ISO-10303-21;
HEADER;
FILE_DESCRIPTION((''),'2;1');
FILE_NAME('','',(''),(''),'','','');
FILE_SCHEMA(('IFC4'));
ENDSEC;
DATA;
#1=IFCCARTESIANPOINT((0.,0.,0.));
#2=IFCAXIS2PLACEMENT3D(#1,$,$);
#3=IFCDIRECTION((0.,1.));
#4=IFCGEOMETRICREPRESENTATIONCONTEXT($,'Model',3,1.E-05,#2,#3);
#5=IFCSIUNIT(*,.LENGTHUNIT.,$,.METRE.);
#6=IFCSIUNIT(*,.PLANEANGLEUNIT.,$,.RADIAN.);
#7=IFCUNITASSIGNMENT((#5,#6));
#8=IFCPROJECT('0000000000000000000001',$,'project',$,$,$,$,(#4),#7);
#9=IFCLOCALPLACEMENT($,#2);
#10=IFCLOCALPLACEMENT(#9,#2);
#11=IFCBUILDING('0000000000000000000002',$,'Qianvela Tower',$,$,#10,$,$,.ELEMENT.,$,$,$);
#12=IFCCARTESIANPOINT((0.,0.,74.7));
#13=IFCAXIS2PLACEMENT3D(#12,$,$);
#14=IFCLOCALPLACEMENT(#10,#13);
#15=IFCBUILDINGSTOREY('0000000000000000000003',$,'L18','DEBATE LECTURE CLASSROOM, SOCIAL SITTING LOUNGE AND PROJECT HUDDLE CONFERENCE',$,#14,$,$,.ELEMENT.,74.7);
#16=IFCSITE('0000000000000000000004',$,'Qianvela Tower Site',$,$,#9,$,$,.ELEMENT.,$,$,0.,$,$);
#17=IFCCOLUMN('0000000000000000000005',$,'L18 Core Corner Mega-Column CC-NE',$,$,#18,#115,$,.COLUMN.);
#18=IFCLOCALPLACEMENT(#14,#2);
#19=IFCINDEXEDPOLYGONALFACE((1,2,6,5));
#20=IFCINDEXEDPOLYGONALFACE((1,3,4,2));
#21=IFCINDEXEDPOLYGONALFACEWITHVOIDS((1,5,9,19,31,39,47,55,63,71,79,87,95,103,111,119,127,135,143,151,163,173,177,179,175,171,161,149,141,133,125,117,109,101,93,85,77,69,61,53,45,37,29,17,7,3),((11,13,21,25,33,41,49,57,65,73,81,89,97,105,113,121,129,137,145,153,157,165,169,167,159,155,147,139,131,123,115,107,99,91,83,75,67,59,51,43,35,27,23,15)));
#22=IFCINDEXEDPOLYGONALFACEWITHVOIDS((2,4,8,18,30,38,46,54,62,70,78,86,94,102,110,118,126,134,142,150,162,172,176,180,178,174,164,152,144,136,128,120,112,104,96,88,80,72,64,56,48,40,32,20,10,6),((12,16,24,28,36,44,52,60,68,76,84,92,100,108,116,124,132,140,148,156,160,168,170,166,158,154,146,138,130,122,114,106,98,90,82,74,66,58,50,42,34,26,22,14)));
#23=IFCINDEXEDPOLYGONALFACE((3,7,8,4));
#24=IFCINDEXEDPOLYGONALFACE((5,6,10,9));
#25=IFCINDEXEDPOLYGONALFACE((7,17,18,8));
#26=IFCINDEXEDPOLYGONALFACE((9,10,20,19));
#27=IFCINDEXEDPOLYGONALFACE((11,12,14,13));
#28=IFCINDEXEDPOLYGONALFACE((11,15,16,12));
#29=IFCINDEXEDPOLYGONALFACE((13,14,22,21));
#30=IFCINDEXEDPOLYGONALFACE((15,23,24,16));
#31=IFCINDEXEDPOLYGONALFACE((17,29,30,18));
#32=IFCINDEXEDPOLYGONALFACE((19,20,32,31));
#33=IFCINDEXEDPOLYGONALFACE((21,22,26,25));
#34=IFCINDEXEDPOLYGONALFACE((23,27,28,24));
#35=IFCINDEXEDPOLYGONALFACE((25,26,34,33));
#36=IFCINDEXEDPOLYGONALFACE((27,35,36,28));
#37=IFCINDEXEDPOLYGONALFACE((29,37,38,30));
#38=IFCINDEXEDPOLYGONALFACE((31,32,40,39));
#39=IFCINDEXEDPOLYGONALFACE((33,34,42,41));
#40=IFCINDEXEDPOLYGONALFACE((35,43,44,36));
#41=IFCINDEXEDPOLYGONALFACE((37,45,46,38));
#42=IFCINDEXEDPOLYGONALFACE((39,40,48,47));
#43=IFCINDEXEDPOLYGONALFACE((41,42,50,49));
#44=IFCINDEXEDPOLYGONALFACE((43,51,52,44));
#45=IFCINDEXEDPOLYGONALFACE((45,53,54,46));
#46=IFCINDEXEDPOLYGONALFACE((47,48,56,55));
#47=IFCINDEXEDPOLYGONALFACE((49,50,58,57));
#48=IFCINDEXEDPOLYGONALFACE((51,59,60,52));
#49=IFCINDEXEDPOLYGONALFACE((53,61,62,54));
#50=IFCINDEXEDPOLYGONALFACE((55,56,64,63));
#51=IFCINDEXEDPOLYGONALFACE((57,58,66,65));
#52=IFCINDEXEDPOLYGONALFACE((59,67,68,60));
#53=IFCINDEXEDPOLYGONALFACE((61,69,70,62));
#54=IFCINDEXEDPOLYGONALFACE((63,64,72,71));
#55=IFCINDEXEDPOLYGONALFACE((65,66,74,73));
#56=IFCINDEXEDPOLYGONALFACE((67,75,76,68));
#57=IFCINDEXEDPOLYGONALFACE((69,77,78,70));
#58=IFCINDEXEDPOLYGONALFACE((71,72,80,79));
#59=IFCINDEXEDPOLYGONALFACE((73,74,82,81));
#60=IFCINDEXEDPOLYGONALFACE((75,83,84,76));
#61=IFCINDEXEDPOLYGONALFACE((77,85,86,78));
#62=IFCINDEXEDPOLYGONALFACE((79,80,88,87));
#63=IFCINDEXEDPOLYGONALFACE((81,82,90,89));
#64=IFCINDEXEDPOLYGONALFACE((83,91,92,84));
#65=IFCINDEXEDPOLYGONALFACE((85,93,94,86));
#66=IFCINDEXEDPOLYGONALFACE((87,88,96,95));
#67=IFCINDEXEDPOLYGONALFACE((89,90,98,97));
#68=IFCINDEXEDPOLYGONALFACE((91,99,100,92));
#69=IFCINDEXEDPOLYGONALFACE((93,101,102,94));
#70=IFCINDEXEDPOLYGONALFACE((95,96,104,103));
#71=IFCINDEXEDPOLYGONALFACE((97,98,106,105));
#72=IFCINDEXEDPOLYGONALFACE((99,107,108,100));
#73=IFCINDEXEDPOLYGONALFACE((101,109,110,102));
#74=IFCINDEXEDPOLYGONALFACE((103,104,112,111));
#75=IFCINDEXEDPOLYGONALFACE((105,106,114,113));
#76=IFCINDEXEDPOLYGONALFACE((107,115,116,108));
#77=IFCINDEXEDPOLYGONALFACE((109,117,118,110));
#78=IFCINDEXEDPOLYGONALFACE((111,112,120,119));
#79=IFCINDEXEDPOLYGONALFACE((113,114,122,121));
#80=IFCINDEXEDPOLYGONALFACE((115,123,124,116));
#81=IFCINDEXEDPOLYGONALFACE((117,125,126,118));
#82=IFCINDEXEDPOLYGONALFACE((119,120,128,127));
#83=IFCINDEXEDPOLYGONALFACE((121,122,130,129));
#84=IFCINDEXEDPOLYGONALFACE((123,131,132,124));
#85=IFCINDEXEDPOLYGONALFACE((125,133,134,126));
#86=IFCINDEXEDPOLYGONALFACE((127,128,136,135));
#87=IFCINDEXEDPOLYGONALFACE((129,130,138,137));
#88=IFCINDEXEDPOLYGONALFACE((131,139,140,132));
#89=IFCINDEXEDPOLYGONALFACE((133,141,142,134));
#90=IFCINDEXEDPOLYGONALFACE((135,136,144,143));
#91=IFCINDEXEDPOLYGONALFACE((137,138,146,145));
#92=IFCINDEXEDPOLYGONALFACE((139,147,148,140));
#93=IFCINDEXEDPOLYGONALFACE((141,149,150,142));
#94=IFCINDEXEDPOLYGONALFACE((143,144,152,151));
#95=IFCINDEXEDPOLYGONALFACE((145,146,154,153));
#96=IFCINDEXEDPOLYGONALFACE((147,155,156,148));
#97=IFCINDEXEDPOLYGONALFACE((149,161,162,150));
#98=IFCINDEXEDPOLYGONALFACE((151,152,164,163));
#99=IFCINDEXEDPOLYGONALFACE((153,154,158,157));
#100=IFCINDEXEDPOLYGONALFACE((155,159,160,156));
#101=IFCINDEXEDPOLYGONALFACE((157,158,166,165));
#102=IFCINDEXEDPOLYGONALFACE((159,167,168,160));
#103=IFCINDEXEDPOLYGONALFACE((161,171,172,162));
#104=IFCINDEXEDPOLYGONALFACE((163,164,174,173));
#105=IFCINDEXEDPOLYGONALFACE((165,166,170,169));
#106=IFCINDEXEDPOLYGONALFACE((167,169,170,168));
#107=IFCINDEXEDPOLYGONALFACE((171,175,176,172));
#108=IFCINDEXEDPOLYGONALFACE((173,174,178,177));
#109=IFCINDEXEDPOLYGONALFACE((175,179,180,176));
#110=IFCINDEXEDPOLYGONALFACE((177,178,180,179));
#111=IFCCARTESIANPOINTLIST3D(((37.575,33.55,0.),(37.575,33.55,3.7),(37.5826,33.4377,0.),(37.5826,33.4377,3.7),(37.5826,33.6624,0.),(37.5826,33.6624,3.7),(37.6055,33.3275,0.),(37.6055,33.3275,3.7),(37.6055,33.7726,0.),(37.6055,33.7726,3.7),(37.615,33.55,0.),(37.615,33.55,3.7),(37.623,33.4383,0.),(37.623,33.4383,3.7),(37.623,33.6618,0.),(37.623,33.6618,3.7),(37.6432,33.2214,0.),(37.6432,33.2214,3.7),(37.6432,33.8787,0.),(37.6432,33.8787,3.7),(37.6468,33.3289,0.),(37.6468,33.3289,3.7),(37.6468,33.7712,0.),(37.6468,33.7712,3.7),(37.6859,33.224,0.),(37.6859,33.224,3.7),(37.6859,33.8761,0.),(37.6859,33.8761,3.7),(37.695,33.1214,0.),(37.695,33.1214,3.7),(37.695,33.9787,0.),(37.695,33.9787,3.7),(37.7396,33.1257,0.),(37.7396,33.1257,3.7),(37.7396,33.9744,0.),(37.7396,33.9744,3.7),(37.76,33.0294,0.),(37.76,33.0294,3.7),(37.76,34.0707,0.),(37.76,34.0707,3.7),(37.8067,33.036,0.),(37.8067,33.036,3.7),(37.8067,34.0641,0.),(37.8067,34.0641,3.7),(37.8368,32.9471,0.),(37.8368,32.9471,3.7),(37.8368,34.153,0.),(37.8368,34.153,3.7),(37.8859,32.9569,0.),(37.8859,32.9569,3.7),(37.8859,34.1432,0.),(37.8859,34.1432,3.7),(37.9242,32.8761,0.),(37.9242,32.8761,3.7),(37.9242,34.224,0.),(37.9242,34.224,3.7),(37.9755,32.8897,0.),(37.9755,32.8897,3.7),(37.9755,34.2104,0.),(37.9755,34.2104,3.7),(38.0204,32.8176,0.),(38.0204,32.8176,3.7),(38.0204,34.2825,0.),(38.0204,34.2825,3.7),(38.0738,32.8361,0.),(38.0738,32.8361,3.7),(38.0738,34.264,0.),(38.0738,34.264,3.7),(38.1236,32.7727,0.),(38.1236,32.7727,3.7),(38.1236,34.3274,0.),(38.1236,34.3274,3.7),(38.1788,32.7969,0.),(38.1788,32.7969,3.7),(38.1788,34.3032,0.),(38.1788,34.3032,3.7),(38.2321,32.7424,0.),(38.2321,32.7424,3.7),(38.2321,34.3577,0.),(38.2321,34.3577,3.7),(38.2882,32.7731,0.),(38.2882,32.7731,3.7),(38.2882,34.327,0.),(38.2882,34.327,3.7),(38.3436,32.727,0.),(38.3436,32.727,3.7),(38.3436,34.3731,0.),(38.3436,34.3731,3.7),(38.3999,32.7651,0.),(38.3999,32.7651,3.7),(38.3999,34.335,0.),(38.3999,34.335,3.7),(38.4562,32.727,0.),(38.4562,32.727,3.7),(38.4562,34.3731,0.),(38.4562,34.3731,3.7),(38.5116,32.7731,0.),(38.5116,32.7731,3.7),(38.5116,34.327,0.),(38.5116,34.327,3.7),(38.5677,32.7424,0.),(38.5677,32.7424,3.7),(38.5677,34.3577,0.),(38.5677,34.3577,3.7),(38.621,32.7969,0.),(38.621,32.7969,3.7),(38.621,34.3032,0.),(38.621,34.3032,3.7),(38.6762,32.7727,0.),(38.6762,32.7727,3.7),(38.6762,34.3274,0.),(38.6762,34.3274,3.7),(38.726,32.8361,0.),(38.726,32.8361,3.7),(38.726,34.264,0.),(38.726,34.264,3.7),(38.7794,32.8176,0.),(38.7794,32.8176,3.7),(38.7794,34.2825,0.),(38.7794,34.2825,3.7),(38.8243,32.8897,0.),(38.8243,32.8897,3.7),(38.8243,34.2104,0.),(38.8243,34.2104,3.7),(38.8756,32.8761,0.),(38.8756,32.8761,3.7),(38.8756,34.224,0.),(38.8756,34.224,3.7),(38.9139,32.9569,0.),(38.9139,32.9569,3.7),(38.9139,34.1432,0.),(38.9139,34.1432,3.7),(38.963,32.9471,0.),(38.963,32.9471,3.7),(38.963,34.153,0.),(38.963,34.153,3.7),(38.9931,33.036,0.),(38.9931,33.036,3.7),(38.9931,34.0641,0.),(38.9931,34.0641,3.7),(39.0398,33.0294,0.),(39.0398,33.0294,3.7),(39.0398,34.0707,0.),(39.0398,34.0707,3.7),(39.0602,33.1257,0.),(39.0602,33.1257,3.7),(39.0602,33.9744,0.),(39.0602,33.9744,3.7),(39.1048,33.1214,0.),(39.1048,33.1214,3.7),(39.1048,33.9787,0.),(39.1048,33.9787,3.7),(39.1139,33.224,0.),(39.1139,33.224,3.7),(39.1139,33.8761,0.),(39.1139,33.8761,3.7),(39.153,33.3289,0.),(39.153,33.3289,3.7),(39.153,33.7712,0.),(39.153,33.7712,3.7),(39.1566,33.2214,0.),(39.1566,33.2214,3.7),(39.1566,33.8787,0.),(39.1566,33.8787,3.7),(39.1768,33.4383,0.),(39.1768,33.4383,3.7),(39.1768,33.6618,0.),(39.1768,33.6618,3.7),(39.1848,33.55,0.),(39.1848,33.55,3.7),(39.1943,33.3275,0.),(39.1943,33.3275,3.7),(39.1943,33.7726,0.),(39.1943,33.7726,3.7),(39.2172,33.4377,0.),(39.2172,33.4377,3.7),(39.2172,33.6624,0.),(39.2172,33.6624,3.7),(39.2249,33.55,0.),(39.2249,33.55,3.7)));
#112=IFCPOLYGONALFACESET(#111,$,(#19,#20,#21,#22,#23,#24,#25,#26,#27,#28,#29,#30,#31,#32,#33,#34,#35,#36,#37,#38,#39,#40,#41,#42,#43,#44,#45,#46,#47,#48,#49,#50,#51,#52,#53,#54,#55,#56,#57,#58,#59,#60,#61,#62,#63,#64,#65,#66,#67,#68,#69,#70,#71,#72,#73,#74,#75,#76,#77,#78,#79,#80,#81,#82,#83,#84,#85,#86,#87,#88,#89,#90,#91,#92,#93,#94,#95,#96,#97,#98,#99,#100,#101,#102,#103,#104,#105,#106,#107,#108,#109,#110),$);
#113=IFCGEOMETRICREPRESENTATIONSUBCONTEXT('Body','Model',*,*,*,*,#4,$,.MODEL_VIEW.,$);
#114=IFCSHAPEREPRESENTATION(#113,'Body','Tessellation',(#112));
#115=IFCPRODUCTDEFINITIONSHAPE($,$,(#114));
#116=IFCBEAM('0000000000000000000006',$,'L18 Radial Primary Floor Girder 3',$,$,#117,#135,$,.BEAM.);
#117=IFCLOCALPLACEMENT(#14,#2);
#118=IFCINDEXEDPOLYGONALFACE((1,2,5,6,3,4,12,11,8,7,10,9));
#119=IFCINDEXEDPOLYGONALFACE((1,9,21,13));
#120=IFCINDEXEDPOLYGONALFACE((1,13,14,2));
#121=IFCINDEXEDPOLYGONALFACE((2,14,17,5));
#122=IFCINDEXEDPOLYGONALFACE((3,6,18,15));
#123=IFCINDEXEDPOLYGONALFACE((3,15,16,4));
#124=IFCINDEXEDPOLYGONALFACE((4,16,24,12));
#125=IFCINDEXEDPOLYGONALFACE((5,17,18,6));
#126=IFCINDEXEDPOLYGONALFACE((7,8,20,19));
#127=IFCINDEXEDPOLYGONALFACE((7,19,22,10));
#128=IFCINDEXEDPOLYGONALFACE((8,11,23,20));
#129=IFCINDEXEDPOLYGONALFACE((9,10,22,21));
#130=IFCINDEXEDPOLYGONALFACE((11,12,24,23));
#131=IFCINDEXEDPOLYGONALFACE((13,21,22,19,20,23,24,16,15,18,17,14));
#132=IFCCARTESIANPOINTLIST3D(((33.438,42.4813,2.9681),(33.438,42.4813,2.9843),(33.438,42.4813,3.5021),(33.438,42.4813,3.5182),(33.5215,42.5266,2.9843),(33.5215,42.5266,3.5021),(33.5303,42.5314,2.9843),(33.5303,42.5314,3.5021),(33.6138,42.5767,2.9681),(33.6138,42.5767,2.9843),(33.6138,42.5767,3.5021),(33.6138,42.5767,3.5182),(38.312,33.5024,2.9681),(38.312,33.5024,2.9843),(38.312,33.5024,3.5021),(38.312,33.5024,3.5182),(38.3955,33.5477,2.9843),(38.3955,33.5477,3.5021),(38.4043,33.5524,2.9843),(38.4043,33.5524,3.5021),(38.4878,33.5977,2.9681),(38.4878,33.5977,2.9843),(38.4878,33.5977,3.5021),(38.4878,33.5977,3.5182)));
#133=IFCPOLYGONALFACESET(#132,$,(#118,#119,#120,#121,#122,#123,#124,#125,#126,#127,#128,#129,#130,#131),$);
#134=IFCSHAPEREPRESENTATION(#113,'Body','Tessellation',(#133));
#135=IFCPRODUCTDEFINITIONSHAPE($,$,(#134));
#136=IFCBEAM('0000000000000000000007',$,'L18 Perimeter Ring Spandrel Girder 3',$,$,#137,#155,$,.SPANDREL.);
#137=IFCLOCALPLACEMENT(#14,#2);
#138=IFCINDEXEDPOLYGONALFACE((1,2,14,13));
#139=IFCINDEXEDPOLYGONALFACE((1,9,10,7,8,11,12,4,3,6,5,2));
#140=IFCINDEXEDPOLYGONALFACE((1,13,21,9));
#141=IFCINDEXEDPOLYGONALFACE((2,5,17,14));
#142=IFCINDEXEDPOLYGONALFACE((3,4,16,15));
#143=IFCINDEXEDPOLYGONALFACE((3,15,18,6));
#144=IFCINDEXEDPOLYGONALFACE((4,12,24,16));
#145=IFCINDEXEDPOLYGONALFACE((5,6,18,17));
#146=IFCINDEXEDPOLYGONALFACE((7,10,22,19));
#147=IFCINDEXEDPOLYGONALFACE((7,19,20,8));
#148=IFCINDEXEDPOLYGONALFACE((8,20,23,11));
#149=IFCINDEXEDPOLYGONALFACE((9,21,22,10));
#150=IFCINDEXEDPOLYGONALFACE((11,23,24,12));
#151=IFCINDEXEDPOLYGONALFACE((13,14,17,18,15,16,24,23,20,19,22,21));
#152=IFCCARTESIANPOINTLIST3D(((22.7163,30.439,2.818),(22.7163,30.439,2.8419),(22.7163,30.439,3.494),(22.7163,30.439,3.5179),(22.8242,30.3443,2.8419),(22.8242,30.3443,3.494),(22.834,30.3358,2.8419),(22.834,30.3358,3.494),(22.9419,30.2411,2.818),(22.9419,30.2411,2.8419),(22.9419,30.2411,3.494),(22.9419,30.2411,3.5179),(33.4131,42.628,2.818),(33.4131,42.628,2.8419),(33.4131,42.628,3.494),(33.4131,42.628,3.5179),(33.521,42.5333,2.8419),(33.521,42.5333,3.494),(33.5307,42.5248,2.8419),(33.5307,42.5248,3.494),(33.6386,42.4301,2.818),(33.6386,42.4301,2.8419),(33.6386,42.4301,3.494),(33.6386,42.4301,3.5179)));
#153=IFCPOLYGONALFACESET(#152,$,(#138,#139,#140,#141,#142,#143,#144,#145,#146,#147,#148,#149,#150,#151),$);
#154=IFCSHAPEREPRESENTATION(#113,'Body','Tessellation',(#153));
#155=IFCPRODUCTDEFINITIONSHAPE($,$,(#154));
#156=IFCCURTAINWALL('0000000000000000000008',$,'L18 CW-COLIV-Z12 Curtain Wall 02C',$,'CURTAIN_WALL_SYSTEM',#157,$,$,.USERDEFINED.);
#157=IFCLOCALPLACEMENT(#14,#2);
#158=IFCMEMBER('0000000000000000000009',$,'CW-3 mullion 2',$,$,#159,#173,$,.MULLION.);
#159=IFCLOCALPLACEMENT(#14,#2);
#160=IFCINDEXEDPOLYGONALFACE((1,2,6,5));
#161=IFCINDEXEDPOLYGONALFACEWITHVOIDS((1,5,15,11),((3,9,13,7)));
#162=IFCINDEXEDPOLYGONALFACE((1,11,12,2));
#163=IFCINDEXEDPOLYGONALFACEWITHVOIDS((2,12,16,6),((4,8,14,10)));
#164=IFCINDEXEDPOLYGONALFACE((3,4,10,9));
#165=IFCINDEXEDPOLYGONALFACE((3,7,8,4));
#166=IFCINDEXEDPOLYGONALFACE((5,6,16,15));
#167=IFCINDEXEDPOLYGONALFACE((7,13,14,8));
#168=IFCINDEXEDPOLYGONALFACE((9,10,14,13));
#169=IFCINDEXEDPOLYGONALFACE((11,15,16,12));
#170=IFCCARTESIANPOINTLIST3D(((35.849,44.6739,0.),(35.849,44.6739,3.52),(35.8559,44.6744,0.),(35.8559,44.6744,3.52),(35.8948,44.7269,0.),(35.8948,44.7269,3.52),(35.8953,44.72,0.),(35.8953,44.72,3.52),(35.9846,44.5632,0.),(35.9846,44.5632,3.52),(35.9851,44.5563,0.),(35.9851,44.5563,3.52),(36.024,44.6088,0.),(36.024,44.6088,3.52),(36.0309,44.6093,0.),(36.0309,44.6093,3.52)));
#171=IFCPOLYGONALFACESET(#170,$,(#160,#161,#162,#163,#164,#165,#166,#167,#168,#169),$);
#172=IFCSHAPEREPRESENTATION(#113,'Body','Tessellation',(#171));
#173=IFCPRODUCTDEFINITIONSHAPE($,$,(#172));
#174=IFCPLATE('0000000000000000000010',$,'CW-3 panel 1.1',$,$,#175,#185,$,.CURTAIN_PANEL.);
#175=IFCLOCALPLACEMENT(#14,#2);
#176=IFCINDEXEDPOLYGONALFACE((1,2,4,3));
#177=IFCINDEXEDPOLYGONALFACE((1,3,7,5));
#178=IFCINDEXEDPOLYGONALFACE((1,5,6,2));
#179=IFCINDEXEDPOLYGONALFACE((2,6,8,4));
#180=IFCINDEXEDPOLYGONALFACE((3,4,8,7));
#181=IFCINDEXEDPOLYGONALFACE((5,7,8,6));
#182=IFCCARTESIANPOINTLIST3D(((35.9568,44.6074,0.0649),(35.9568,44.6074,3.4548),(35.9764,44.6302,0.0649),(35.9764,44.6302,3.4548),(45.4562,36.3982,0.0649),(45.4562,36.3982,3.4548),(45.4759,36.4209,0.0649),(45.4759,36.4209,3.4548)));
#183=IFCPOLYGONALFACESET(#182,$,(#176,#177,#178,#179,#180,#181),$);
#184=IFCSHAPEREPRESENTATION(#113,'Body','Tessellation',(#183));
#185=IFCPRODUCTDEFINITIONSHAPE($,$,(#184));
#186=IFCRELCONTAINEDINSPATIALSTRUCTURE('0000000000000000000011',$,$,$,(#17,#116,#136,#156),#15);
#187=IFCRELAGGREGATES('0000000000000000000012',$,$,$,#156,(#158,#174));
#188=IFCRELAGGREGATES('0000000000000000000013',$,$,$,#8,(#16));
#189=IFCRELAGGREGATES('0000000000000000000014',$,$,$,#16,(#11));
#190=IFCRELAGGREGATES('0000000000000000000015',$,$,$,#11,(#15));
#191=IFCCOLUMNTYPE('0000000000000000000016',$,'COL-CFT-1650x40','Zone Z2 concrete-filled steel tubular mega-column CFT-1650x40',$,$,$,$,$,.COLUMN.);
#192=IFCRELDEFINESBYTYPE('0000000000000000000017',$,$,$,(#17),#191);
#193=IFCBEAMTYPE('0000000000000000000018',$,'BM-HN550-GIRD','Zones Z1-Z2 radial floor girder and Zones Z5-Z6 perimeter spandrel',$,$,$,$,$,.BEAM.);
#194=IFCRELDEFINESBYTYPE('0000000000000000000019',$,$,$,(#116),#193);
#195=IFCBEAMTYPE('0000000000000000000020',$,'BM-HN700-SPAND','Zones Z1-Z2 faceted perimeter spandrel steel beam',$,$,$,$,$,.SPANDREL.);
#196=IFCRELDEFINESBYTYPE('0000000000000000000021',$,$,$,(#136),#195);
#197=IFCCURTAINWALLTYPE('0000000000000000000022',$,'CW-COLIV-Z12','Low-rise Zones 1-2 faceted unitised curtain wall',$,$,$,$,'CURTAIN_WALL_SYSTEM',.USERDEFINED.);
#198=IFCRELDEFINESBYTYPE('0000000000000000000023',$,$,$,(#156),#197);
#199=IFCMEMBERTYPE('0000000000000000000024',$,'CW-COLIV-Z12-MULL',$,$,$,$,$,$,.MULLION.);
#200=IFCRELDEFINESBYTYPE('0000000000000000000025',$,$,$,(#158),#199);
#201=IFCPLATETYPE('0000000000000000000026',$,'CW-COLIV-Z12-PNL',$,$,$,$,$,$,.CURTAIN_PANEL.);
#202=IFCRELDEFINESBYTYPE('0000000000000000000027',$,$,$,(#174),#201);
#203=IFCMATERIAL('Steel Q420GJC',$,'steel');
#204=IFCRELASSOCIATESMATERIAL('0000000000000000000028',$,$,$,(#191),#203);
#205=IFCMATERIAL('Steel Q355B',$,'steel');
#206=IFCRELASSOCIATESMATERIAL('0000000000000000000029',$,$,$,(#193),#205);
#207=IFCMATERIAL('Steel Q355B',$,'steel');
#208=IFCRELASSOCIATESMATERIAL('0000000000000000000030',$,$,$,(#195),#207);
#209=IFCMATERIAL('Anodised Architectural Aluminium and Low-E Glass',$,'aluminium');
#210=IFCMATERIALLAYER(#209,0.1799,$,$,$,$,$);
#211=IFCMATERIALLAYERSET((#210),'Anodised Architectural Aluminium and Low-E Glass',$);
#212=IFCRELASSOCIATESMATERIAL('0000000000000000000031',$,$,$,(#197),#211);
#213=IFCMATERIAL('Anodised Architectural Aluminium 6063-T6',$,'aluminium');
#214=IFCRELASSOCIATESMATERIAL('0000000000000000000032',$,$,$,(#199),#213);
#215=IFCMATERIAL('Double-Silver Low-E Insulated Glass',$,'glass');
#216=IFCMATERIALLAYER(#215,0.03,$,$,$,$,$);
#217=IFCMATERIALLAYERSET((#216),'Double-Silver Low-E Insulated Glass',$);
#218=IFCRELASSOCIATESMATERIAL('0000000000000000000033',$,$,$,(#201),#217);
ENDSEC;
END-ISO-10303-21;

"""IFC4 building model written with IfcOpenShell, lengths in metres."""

from ifc_helpers import new_model, si_unit, direction, frame, origin, origin_2d, place, context, subcontext, project, spatial, rectangle, hollow_rectangle, hollow_circle, i_section, extrude, material, layer, layer_set, material_profile, profile_set, type_object, element, aggregate, save


model = new_model("IFC4")

# Units and contexts
model_context = context("Model", 3, precision=1e-05, world=origin(), true_north=direction((0.0, 1.0)))
body_context = subcontext(model_context, "Body", "Model", "MODEL_VIEW")
ifc_project = project(units=[si_unit("LENGTHUNIT", "METRE"), si_unit("PLANEANGLEUNIT", "RADIAN")], contexts=[model_context])

# Site, building, storey
site_placement = place(None, origin())
site = spatial("IfcSite", under=ifc_project, at=site_placement, Name="Qianvela Tower Site", CompositionType="ELEMENT", RefElevation=0.0)
building_placement = place(site_placement, origin())
building = spatial("IfcBuilding", under=site, at=building_placement, Name="Qianvela Tower", CompositionType="ELEMENT")
storey_placement = place(building_placement, frame((0.0, 0.0, 74.7)))
storey = spatial("IfcBuildingStorey", under=building, at=storey_placement, Name="L18", Description="DEBATE LECTURE CLASSROOM, SOCIAL SITTING LOUNGE AND PROJECT HUDDLE CONFERENCE", CompositionType="ELEMENT", Elevation=74.7)

# Column
ifc_material_1 = material(Name="Steel Q420GJC", Category="steel")
ifc_material_profile_1 = material_profile(ifc_material_1, hollow_circle(Radius=0.825, WallThickness=0.04, at=origin_2d()), Name="CFT-1650x40")
ifc_profile_set_1 = profile_set([ifc_material_profile_1], Name="Steel Q420GJC")
column_type = type_object("IfcColumnType", Name="COL-CFT-1650x40", Description="Zone Z2 concrete-filled steel tubular mega-column CFT-1650x40", PredefinedType="COLUMN", material=ifc_profile_set_1)
column_placement = place(storey_placement, frame((38.3999, 33.55, 0.0), z_axis=(0.0, 0.0, 1.0), x_axis=(1.0, 0.0, 0.0)))
element("IfcColumn", 1, at=column_placement, inside=storey, type_object=column_type, Name="L18 Core Corner Mega-Column CC-NE", PredefinedType="COLUMN", context=body_context, shape_type="SweptSolid", body=[
    extrude(hollow_circle(Radius=0.825, WallThickness=0.04, at=origin_2d()), origin(), (0.0, 0.0, 1.0), 3.7),
])

# Beams
ifc_material_2 = material(Name="Steel Q355B", Category="steel")
ifc_material_profile_2 = material_profile(ifc_material_2, i_section(OverallWidth=0.2, OverallDepth=0.55, WebThickness=0.01, FlangeThickness=0.0161, at=origin_2d()), Name="HN550x200x10x16")
ifc_profile_set_2 = profile_set([ifc_material_profile_2], Name="Steel Q355B")
beam_type_1 = type_object("IfcBeamType", Name="BM-HN550-GIRD", Description="Zones Z1-Z2 radial floor girder and Zones Z5-Z6 perimeter spandrel", PredefinedType="BEAM", material=ifc_profile_set_2)
beam_1_placement = place(storey_placement, frame((38.3999, 33.55, 3.2432), z_axis=(-0.47707, 0.878865, 0.0), x_axis=(-0.878865, -0.47707, 0.0)))
element("IfcBeam", 2, at=beam_1_placement, inside=storey, type_object=beam_type_1, Name="L18 Radial Primary Floor Girder 3", PredefinedType="BEAM", context=body_context, shape_type="SweptSolid", body=[
    extrude(i_section(OverallWidth=0.2, OverallDepth=0.55, WebThickness=0.01, FlangeThickness=0.0161, at=origin_2d()), origin(), (0.0, 0.0, 1.0), 10.2166),
])
ifc_material_3 = material(Name="Steel Q355B", Category="steel")
ifc_material_profile_3 = material_profile(ifc_material_3, i_section(OverallWidth=0.3, OverallDepth=0.7, WebThickness=0.0129, FlangeThickness=0.0239, at=origin_2d()), Name="HN700x300x13x24")
ifc_profile_set_3 = profile_set([ifc_material_profile_3], Name="Steel Q355B")
beam_type_2 = type_object("IfcBeamType", Name="BM-HN700-SPAND", Description="Zones Z1-Z2 faceted perimeter spandrel steel beam", PredefinedType="SPANDREL", material=ifc_profile_set_3)
beam_2_placement = place(storey_placement, frame((33.5259, 42.5291, 3.168), z_axis=(-0.659602, -0.751615, 0.0), x_axis=(0.751615, -0.659602, 0.0)))
element("IfcBeam", 3, at=beam_2_placement, inside=storey, type_object=beam_type_2, Name="L18 Perimeter Ring Spandrel Girder 3", PredefinedType="SPANDREL", context=body_context, shape_type="SweptSolid", body=[
    extrude(i_section(OverallWidth=0.3, OverallDepth=0.7, WebThickness=0.0129, FlangeThickness=0.0239, at=origin_2d()), origin(), (0.0, 0.0, 1.0), 16.217),
])

# Curtain wall, member, plate
ifc_material_4 = material(Name="Anodised Architectural Aluminium and Low-E Glass", Category="aluminium")
ifc_layer_1 = layer(ifc_material_4, 0.1799)
ifc_layer_set_1 = layer_set([ifc_layer_1], Name="Anodised Architectural Aluminium and Low-E Glass")
curtain_wall_type = type_object("IfcCurtainWallType", Name="CW-COLIV-Z12", Description="Low-rise Zones 1-2 faceted unitised curtain wall", ElementType="CURTAIN_WALL_SYSTEM", PredefinedType="USERDEFINED", material=ifc_layer_set_1)
curtain_wall_placement = place(storey_placement, origin())
curtain_wall = element("IfcCurtainWall", 4, at=curtain_wall_placement, inside=storey, type_object=curtain_wall_type, Name="L18 CW-COLIV-Z12 Curtain Wall 02C", ObjectType="CURTAIN_WALL_SYSTEM", PredefinedType="USERDEFINED")
ifc_material_5 = material(Name="Anodised Architectural Aluminium 6063-T6", Category="aluminium")
ifc_material_profile_4 = material_profile(ifc_material_5, hollow_rectangle(XDim=0.0701, YDim=0.1799, WallThickness=0.0049, at=origin_2d()), Name="ALU-MULL-70x180")
ifc_profile_set_4 = profile_set([ifc_material_profile_4], Name="Anodised Architectural Aluminium 6063-T6")
member_type = type_object("IfcMemberType", Name="CW-COLIV-Z12-MULL", PredefinedType="MULLION", material=ifc_profile_set_4)
member_placement = place(storey_placement, frame((35.9399, 44.6416, 0.0), z_axis=(0.0, 0.0, 1.0), x_axis=(-0.653856, -0.756619, 0.0)))
member = element("IfcMember", 5, at=member_placement, type_object=member_type, Name="CW-3 mullion 2", PredefinedType="MULLION", context=body_context, shape_type="SweptSolid", body=[
    extrude(hollow_rectangle(XDim=0.0701, YDim=0.1799, WallThickness=0.0049, at=origin_2d()), origin(), (0.0, 0.0, 1.0), 3.52),
])
ifc_material_6 = material(Name="Double-Silver Low-E Insulated Glass", Category="glass")
ifc_layer_2 = layer(ifc_material_6, 0.03)
ifc_layer_set_2 = layer_set([ifc_layer_2], Name="Double-Silver Low-E Insulated Glass")
plate_type = type_object("IfcPlateType", Name="CW-COLIV-Z12-PNL", PredefinedType="CURTAIN_PANEL", material=ifc_layer_set_2)
plate_placement = place(storey_placement, frame((40.7163, 40.5142, 0.0649), z_axis=(0.0, 0.0, 1.0), x_axis=(-0.756619, 0.653856, 0.0)))
plate = element("IfcPlate", 6, at=plate_placement, type_object=plate_type, Name="CW-3 panel 1.1", PredefinedType="CURTAIN_PANEL", context=body_context, shape_type="SweptSolid", body=[
    extrude(rectangle(XDim=12.5552, YDim=0.03, at=origin_2d()), origin(), (0.0, 0.0, 1.0), 3.3899),
])
aggregate(curtain_wall, [member, plate])

save(model, "model.ifc")
